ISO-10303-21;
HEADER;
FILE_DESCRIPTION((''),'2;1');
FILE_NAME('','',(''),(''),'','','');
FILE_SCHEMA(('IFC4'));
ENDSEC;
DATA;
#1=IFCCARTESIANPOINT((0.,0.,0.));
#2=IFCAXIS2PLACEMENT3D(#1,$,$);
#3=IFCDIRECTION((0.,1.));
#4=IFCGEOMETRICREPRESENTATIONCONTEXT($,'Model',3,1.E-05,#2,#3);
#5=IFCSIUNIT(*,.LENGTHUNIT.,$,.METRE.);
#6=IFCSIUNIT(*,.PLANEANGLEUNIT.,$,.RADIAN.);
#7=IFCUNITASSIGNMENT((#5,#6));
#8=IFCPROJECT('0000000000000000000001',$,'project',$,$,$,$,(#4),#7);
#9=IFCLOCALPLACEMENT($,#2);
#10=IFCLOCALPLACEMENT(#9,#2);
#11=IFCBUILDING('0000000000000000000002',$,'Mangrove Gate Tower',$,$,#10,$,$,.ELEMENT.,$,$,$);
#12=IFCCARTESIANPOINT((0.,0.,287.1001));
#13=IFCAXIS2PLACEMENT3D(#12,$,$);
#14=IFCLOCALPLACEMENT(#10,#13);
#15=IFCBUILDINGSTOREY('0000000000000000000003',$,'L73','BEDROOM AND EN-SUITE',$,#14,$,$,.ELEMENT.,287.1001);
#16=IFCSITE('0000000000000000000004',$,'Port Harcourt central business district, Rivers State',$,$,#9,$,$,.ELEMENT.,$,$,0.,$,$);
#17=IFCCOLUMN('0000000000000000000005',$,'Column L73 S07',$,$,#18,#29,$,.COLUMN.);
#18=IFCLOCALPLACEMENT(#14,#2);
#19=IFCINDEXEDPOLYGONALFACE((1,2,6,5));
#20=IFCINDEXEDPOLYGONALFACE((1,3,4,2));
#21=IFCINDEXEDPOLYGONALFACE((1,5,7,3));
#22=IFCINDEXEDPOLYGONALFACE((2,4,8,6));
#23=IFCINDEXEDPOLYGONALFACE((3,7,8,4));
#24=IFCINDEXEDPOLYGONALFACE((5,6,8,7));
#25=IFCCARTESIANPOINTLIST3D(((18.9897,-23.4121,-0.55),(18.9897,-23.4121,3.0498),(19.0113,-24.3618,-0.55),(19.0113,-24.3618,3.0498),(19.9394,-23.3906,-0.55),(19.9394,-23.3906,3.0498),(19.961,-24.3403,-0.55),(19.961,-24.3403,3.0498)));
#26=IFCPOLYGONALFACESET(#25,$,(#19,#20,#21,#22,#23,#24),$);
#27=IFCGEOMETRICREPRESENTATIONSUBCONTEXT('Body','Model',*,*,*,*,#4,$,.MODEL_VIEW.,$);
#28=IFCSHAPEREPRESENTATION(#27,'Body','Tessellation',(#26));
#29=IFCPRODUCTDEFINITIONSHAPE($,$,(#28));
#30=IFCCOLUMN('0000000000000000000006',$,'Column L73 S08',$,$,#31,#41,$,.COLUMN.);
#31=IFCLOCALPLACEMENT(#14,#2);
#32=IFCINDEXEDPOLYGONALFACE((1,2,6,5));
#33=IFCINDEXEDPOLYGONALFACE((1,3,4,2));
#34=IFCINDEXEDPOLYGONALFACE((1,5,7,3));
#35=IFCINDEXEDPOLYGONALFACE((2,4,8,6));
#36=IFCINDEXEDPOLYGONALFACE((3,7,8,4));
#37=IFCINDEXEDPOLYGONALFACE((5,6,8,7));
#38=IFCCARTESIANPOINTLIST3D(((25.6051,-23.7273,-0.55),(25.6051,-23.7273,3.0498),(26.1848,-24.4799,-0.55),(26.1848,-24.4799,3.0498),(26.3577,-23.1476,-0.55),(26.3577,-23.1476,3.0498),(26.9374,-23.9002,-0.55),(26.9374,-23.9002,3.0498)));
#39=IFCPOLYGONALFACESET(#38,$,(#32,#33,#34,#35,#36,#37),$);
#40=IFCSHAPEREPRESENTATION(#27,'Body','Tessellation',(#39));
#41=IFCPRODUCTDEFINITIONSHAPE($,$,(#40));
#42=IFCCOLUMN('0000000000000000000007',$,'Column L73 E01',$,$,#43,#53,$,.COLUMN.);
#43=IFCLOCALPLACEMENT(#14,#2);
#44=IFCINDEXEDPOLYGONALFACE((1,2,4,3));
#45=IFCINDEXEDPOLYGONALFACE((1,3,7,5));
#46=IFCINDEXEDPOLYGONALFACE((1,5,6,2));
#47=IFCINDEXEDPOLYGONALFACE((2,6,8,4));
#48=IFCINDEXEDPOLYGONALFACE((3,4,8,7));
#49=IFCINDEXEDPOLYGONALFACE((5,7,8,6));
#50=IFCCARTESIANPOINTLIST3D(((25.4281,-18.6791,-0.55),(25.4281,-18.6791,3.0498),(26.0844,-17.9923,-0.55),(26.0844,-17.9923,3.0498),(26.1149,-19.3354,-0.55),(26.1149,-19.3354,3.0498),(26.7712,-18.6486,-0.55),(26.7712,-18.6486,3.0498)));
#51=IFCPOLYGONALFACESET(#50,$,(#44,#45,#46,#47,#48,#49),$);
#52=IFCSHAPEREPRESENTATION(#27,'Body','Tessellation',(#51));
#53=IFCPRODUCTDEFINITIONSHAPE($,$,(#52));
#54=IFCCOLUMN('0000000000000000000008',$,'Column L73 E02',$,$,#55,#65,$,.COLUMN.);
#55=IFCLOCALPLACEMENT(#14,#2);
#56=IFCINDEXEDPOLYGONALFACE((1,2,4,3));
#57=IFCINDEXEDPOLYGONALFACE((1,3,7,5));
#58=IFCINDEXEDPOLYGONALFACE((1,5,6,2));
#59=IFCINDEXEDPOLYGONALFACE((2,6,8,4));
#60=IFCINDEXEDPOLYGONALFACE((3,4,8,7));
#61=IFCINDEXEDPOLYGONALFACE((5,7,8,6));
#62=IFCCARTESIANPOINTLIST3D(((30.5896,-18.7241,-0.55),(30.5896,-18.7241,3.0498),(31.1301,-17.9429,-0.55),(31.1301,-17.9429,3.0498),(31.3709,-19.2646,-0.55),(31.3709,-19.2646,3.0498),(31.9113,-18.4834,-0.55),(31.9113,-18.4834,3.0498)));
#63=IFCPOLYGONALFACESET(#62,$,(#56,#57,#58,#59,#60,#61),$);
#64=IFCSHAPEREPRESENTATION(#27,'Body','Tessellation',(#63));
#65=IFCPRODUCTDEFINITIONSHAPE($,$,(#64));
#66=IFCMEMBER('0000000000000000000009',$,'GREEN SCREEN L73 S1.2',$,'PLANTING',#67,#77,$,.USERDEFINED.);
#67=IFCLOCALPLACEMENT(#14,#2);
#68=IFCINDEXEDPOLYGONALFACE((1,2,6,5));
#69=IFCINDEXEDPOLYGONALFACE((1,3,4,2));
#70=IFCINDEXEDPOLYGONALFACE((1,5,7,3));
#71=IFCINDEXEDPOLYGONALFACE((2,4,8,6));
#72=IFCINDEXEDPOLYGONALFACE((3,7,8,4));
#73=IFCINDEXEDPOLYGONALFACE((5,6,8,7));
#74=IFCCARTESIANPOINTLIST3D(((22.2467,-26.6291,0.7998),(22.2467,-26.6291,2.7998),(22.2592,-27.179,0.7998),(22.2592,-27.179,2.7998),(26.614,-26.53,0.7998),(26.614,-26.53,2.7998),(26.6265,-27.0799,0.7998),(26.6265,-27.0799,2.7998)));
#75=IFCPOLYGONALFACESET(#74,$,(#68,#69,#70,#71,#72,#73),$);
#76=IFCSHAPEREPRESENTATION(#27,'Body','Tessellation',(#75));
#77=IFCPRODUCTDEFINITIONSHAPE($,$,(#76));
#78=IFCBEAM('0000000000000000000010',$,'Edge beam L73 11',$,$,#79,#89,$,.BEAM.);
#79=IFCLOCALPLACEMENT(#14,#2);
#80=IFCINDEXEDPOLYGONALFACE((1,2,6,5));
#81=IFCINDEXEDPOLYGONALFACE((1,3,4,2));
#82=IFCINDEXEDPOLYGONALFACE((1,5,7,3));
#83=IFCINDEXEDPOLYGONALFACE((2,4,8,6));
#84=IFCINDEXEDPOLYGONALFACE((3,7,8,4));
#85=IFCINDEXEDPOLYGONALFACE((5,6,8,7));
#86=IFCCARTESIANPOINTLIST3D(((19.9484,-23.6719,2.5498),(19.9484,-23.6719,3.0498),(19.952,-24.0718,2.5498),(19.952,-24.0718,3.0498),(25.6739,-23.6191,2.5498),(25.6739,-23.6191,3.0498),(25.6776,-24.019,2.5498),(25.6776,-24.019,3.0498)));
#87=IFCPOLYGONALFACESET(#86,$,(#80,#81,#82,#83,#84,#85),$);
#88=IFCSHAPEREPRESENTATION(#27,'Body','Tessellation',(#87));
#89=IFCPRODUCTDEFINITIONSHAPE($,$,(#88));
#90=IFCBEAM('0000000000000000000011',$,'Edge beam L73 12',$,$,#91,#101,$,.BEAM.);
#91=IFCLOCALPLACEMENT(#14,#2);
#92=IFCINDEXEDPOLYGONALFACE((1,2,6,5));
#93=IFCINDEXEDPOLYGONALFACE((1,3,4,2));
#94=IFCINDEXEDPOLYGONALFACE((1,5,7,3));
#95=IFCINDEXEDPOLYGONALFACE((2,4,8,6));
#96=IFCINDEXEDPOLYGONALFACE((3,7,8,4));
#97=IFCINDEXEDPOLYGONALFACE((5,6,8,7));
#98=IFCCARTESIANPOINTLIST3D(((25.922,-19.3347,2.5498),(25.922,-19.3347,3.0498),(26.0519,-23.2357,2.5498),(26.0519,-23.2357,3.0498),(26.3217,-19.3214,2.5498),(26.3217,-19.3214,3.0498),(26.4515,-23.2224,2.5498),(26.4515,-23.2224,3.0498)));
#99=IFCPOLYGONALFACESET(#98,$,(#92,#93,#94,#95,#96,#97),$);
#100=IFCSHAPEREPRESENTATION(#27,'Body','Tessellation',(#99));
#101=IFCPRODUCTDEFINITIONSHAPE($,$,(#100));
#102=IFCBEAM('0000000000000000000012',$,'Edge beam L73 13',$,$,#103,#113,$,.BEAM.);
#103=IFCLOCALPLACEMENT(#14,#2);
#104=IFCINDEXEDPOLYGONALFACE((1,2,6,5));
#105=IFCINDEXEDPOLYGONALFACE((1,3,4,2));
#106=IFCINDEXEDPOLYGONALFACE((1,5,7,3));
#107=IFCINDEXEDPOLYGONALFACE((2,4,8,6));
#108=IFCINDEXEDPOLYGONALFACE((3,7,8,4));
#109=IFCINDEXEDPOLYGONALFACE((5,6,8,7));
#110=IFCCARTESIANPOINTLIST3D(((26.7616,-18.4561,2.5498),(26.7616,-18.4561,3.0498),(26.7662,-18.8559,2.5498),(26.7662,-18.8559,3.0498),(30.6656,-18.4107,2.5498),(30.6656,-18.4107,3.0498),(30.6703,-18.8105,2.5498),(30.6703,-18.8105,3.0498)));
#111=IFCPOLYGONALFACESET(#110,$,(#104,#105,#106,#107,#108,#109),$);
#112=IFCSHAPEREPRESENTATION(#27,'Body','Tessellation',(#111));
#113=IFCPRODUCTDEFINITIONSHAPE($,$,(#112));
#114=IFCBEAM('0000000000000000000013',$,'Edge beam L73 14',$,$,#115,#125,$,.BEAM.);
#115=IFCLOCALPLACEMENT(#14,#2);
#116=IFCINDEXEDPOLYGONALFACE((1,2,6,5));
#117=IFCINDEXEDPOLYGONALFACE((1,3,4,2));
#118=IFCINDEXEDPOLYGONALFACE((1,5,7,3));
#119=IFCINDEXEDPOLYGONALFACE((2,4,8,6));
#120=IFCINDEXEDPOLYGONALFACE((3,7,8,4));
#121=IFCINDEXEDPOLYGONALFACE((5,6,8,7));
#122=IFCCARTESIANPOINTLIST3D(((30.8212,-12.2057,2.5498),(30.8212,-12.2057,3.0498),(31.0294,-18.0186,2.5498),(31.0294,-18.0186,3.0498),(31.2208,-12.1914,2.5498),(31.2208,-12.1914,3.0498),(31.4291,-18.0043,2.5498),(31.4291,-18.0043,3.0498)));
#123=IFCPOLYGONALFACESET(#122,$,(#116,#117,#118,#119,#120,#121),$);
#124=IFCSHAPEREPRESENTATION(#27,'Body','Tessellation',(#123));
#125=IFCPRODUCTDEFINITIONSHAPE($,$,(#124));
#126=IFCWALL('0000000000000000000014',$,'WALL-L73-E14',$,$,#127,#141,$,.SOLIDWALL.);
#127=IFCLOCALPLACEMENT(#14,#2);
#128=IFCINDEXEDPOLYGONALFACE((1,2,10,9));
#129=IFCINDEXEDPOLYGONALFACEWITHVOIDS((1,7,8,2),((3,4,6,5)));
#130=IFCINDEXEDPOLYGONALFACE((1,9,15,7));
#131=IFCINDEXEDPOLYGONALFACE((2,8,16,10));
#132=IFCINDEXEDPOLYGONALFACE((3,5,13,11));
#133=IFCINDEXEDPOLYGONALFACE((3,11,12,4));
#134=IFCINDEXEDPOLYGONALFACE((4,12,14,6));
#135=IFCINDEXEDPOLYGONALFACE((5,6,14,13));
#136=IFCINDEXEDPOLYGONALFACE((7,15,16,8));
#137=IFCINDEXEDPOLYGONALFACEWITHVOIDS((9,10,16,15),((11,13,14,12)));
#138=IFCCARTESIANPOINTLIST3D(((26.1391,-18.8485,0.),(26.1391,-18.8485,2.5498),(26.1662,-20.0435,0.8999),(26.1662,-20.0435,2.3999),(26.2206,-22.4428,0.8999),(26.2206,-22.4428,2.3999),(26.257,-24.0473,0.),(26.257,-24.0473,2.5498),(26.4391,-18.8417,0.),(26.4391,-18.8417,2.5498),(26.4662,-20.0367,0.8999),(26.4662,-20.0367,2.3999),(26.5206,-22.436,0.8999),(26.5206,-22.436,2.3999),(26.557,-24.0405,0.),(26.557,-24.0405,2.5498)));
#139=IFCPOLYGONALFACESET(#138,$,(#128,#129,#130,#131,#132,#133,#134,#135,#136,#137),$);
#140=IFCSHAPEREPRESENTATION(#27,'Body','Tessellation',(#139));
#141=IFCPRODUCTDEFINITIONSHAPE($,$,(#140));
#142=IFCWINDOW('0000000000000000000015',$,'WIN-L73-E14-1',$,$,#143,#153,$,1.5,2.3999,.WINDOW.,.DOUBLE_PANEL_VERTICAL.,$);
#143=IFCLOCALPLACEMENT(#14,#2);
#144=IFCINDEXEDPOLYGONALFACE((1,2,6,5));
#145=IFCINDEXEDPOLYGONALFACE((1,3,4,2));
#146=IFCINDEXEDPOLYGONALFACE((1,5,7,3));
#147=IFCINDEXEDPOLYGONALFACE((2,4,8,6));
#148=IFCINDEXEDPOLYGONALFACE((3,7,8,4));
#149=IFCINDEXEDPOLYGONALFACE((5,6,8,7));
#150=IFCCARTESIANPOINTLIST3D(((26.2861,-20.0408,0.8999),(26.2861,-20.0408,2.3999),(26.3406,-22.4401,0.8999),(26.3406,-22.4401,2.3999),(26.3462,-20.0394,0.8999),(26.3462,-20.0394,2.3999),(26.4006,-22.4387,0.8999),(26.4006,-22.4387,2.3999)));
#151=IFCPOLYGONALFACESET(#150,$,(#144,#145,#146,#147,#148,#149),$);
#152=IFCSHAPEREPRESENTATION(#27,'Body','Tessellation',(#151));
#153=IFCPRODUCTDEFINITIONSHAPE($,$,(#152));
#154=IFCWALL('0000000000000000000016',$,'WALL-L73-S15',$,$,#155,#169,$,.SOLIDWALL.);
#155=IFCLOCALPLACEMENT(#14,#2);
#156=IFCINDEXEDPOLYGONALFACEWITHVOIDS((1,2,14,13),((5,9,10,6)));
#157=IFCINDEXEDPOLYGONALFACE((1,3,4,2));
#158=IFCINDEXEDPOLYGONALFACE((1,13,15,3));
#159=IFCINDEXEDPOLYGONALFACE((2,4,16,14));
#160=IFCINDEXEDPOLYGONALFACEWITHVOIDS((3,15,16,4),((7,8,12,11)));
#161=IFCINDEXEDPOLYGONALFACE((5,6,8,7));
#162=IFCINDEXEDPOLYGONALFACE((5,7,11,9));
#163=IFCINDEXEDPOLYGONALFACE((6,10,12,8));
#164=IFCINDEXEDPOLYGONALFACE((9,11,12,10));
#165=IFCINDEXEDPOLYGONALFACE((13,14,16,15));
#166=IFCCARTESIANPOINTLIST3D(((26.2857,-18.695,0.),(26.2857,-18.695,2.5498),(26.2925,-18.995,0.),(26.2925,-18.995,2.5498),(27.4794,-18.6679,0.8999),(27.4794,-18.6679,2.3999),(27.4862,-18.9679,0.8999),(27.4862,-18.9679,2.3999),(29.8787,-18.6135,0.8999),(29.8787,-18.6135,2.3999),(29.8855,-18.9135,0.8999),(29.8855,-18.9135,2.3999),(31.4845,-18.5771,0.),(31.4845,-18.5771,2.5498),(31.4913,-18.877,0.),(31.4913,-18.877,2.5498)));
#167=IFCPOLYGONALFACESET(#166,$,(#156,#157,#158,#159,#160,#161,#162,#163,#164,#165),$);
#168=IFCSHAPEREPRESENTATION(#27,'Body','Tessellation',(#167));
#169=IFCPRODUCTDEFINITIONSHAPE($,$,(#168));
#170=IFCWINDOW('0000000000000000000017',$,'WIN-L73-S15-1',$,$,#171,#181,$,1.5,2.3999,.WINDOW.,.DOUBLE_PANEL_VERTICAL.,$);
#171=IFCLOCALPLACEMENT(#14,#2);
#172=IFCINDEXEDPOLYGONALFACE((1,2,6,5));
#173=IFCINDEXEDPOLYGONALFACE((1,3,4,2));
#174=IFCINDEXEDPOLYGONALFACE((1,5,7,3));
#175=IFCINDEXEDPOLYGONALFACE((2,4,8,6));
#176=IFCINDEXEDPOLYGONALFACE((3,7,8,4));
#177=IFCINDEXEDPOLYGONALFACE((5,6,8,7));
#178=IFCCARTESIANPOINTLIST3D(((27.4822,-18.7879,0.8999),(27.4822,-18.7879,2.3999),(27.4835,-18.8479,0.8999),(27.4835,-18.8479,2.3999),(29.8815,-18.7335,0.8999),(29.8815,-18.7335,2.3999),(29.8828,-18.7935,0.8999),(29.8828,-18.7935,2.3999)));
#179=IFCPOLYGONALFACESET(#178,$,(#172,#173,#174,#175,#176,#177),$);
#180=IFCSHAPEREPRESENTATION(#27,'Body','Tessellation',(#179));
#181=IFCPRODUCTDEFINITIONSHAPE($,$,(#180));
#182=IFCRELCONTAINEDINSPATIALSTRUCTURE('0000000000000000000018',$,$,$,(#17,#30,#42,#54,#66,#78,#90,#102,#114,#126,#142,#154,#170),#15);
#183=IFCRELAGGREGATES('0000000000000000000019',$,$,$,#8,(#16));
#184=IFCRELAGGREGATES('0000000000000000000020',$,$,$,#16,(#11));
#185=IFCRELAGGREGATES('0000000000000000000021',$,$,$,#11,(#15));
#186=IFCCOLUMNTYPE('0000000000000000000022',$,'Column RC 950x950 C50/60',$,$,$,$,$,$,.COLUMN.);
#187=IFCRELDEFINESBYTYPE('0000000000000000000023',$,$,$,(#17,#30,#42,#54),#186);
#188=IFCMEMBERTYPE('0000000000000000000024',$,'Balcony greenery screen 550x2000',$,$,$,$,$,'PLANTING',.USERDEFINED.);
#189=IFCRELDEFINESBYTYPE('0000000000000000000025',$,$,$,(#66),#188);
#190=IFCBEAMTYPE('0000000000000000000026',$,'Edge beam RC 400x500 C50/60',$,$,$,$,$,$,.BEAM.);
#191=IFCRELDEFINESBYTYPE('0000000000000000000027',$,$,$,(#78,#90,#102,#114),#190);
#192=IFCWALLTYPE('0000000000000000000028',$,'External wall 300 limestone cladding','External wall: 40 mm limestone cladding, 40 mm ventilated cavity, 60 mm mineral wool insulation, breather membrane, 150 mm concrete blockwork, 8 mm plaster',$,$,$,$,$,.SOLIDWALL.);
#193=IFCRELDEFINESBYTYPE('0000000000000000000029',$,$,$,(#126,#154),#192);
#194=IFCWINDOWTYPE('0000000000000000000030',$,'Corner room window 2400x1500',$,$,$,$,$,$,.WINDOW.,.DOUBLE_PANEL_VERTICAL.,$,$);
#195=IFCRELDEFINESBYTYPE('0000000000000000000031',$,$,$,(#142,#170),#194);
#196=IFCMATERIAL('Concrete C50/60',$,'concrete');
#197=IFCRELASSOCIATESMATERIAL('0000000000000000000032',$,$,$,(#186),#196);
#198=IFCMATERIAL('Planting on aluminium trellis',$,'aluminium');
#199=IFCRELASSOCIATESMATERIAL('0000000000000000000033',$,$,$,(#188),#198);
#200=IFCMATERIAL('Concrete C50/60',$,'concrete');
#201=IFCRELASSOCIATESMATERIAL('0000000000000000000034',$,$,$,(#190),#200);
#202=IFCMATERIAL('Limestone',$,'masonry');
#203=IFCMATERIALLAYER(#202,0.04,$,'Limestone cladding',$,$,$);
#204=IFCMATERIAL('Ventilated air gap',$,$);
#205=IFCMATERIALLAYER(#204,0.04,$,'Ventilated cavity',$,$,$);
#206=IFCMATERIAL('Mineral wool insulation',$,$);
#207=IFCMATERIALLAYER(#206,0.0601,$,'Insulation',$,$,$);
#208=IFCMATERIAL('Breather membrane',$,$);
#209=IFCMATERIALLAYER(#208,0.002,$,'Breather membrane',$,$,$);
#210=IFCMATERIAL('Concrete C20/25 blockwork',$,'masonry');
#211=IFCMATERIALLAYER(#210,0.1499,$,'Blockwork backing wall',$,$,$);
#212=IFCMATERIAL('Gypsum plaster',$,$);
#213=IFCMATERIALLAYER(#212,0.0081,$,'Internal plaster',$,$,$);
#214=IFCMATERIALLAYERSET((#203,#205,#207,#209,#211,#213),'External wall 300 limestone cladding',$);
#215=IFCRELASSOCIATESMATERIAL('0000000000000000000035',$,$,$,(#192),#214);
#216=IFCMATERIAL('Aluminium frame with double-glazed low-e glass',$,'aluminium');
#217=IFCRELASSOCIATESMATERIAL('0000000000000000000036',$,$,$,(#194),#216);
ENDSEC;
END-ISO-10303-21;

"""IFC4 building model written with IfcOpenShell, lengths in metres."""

from ifc_helpers import new_model, si_unit, direction, frame, frame_2d, origin, origin_2d, place, context, subcontext, project, spatial, rectangle, extrude, material, layer, layer_set, material_profile, profile_set, type_object, element, fill, save


model = new_model("IFC4")

# Units and contexts
model_context = context("Model", 3, precision=1e-05, world=origin(), true_north=direction((0.0, 1.0)))
body_context = subcontext(model_context, "Body", "Model", "MODEL_VIEW")
ifc_project = project(units=[si_unit("LENGTHUNIT", "METRE"), si_unit("PLANEANGLEUNIT", "RADIAN")], contexts=[model_context])

# Site, building, storey
site_placement = place(None, origin())
site = spatial("IfcSite", under=ifc_project, at=site_placement, Name="Port Harcourt central business district, Rivers State", CompositionType="ELEMENT", RefElevation=0.0)
building_placement = place(site_placement, origin())
building = spatial("IfcBuilding", under=site, at=building_placement, Name="Mangrove Gate Tower", CompositionType="ELEMENT")
storey_placement = place(building_placement, frame((0.0, 0.0, 287.1001)))
storey = spatial("IfcBuildingStorey", under=building, at=storey_placement, Name="L73", Description="BEDROOM AND EN-SUITE", CompositionType="ELEMENT", Elevation=287.1001)

# Columns
ifc_material_1 = material(Name="Concrete C50/60", Category="concrete")
ifc_material_profile_1 = material_profile(ifc_material_1, rectangle(XDim=0.95, YDim=0.95, at=origin_2d()))
ifc_profile_set_1 = profile_set([ifc_material_profile_1], Name="Concrete C50/60")
column_type = type_object("IfcColumnType", Name="Column RC 950x950 C50/60", PredefinedType="COLUMN", material=ifc_profile_set_1)
for number, where, z_axis, x_axis, name in (
    (1, (19.4753, -23.8762, -0.55), (0.0, 0.0, 1.0), (0.999743, 0.02268, 0.0), "Column L73 S07"),
    (2, (26.2712, -23.8137, -0.55), (0.0, 0.0, 1.0), (0.792213, 0.610244, 0.0), "Column L73 S08"),
    (3, (26.0996, -18.6638, -0.55), (0.0, 0.0, 1.0), (0.690877, 0.722973, 0.0), "Column L73 E01"),
    (4, (31.2505, -18.6038, -0.55), (0.0, 0.0, 1.0), (0.568957, 0.822367, 0.0), "Column L73 E02"),
):
    element("IfcColumn", number, at=place(storey_placement, frame(where, z_axis=z_axis, x_axis=x_axis)), inside=storey, type_object=column_type, Name=name, PredefinedType="COLUMN", context=body_context, shape_type="SweptSolid", body=[
        extrude(rectangle(XDim=0.95, YDim=0.95, at=origin_2d()), origin(), (0.0, 0.0, 1.0), 3.5999),
    ])

# Member
ifc_material_2 = material(Name="Planting on aluminium trellis", Category="aluminium")
ifc_material_profile_2 = material_profile(ifc_material_2, rectangle(XDim=0.55, YDim=2.0, at=origin_2d()))
ifc_profile_set_2 = profile_set([ifc_material_profile_2], Name="Planting on aluminium trellis")
member_type = type_object("IfcMemberType", Name="Balcony greenery screen 550x2000", ElementType="PLANTING", PredefinedType="USERDEFINED", material=ifc_profile_set_2)
member_placement = place(storey_placement, frame((22.2529, -26.9041, 1.7998), z_axis=(0.999743, 0.022691, 0.0), x_axis=(-0.022691, 0.999743, 0.0)))
element("IfcMember", 5, at=member_placement, inside=storey, type_object=member_type, Name="GREEN SCREEN L73 S1.2", ObjectType="PLANTING", PredefinedType="USERDEFINED", context=body_context, shape_type="SweptSolid", body=[
    extrude(rectangle(XDim=0.55, YDim=2.0, at=origin_2d()), origin(), (0.0, 0.0, 1.0), 4.3684),
])

# Beams
ifc_material_3 = material(Name="Concrete C50/60", Category="concrete")
ifc_material_profile_3 = material_profile(ifc_material_3, rectangle(XDim=0.3999, YDim=0.5, at=origin_2d()))
ifc_profile_set_3 = profile_set([ifc_material_profile_3], Name="Concrete C50/60")
beam_type = type_object("IfcBeamType", Name="Edge beam RC 400x500 C50/60", PredefinedType="BEAM", material=ifc_profile_set_3)
beam_1_placement = place(storey_placement, frame((19.9502, -23.8718, 2.7998), z_axis=(0.999958, 0.00921, 0.0), x_axis=(-0.00921, 0.999958, 0.0)))
element("IfcBeam", 6, at=beam_1_placement, inside=storey, type_object=beam_type, Name="Edge beam L73 11", PredefinedType="BEAM", context=body_context, shape_type="SweptSolid", body=[
    extrude(rectangle(XDim=0.3999, YDim=0.5, at=origin_2d()), origin(), (0.0, 0.0, 1.0), 5.7258),
])
beam_2_placement = place(storey_placement, frame((26.2517, -23.229, 2.7998), z_axis=(-0.033277, 0.999446, 0.0), x_axis=(-0.999446, -0.033277, 0.0)))
element("IfcBeam", 7, at=beam_2_placement, inside=storey, type_object=beam_type, Name="Edge beam L73 12", PredefinedType="BEAM", context=body_context, shape_type="SweptSolid", body=[
    extrude(rectangle(XDim=0.3999, YDim=0.5, at=origin_2d()), origin(), (0.0, 0.0, 1.0), 3.9031),
])
beam_3_placement = place(storey_placement, frame((26.7639, -18.656, 2.7998), z_axis=(0.999932, 0.011631, 0.0), x_axis=(-0.011631, 0.999932, 0.0)))
element("IfcBeam", 8, at=beam_3_placement, inside=storey, type_object=beam_type, Name="Edge beam L73 13", PredefinedType="BEAM", context=body_context, shape_type="SweptSolid", body=[
    extrude(rectangle(XDim=0.3999, YDim=0.5, at=origin_2d()), origin(), (0.0, 0.0, 1.0), 3.9043),
])
beam_4_placement = place(storey_placement, frame((31.2292, -18.0115, 2.7998), z_axis=(-0.035802, 0.999359, 0.0), x_axis=(-0.999359, -0.035802, 0.0)))
element("IfcBeam", 9, at=beam_4_placement, inside=storey, type_object=beam_type, Name="Edge beam L73 14", PredefinedType="BEAM", context=body_context, shape_type="SweptSolid", body=[
    extrude(rectangle(XDim=0.3999, YDim=0.5, at=origin_2d()), origin(), (0.0, 0.0, 1.0), 5.8167),
])

# Shared definitions
ifc_material_4 = material(Name="Limestone", Category="masonry")
ifc_layer_1 = layer(ifc_material_4, 0.04, Name="Limestone cladding")
ifc_material_5 = material(Name="Ventilated air gap")
ifc_layer_2 = layer(ifc_material_5, 0.04, Name="Ventilated cavity")
ifc_material_6 = material(Name="Mineral wool insulation")
ifc_layer_3 = layer(ifc_material_6, 0.0601, Name="Insulation")
ifc_material_7 = material(Name="Breather membrane")
ifc_layer_4 = layer(ifc_material_7, 0.002, Name="Breather membrane")
ifc_material_8 = material(Name="Concrete C20/25 blockwork", Category="masonry")
ifc_layer_5 = layer(ifc_material_8, 0.1499, Name="Blockwork backing wall")
ifc_material_9 = material(Name="Gypsum plaster")
ifc_layer_6 = layer(ifc_material_9, 0.0081, Name="Internal plaster")
ifc_layer_set_1 = layer_set([ifc_layer_1, ifc_layer_2, ifc_layer_3, ifc_layer_4, ifc_layer_5, ifc_layer_6], Name="External wall 300 limestone cladding")
wall_type_1 = type_object("IfcWallType", Name="External wall 300 limestone cladding", Description="External wall: 40 mm limestone cladding, 40 mm ventilated cavity, 60 mm mineral wool insulation, breather membrane, 150 mm concrete blockwork, 8 mm plaster", PredefinedType="SOLIDWALL", material=ifc_layer_set_1)
ifc_material_10 = material(Name="Aluminium frame with double-glazed low-e glass", Category="aluminium")
window_type = type_object("IfcWindowType", Name="Corner room window 2400x1500", PartitioningType="DOUBLE_PANEL_VERTICAL", PredefinedType="WINDOW", material=ifc_material_10)

# Walls, openings, windows
wall_1_placement = place(storey_placement, frame((26.407, -24.0439, 0.0), z_axis=(0.0, 0.0, 1.0), x_axis=(-0.022676, 0.999743, 0.0)))
wall_1 = element("IfcWall", 10, at=wall_1_placement, inside=storey, type_object=wall_type_1, Name="WALL-L73-E14", PredefinedType="SOLIDWALL", context=body_context, shape_type="SweptSolid", body=[
    extrude(rectangle(XDim=5.2002, YDim=0.3, at=frame_2d((2.6001, 0.0))), origin(), (0.0, 0.0, 1.0), 2.5498),
])
opening_1_placement = place(wall_1_placement, frame((1.605, 0.0, 0.8999)))
opening_1 = element("IfcOpeningElement", 11, at=opening_1_placement, cuts=wall_1, PredefinedType="OPENING", context=body_context, shape_type="SweptSolid", body=[
    extrude(rectangle(XDim=2.3999, YDim=1.5, at=frame_2d((1.2, 0.75))), frame((0.0, 0.1599, 0.0), z_axis=(0.0, -1.0, 0.0), x_axis=(1.0, 0.0, 0.0)), (0.0, 0.0, 1.0), 0.3201),
])
window_1_placement = place(opening_1_placement, origin())
window_1 = element("IfcWindow", 12, at=window_1_placement, inside=storey, type_object=window_type, Name="WIN-L73-E14-1", OverallHeight=1.5, OverallWidth=2.3999, PartitioningType="DOUBLE_PANEL_VERTICAL", PredefinedType="WINDOW", context=body_context, shape_type="SweptSolid", body=[
    extrude(rectangle(XDim=2.3999, YDim=1.5, at=frame_2d((1.2, 0.75))), frame((0.0, 0.03, 0.0), z_axis=(0.0, -1.0, 0.0), x_axis=(1.0, 0.0, 0.0)), (0.0, 0.0, 1.0), 0.0601),
])
fill(opening_1, window_1)
wall_2_placement = place(storey_placement, frame((26.2891, -18.845, 0.0), z_axis=(0.0, 0.0, 1.0), x_axis=(0.999743, 0.022676, 0.0)))
wall_2 = element("IfcWall", 13, at=wall_2_placement, inside=storey, type_object=wall_type_1, Name="WALL-L73-S15", PredefinedType="SOLIDWALL", context=body_context, shape_type="SweptSolid", body=[
    extrude(rectangle(XDim=5.2002, YDim=0.3, at=frame_2d((2.6001, 0.0))), origin(), (0.0, 0.0, 1.0), 2.5498),
])
opening_2_placement = place(wall_2_placement, frame((1.1941, 0.0, 0.8999)))
opening_2 = element("IfcOpeningElement", 14, at=opening_2_placement, cuts=wall_2, PredefinedType="OPENING", context=body_context, shape_type="SweptSolid", body=[
    extrude(rectangle(XDim=2.3999, YDim=1.5, at=frame_2d((1.2, 0.75))), frame((0.0, 0.1599, 0.0), z_axis=(0.0, -1.0, 0.0), x_axis=(1.0, 0.0, 0.0)), (0.0, 0.0, 1.0), 0.3201),
])
window_2_placement = place(opening_2_placement, origin())
window_2 = element("IfcWindow", 15, at=window_2_placement, inside=storey, type_object=window_type, Name="WIN-L73-S15-1", OverallHeight=1.5, OverallWidth=2.3999, PartitioningType="DOUBLE_PANEL_VERTICAL", PredefinedType="WINDOW", context=body_context, shape_type="SweptSolid", body=[
    extrude(rectangle(XDim=2.3999, YDim=1.5, at=frame_2d((1.2, 0.75))), frame((0.0, 0.03, 0.0), z_axis=(0.0, -1.0, 0.0), x_axis=(1.0, 0.0, 0.0)), (0.0, 0.0, 1.0), 0.0601),
])
fill(opening_2, window_2)

save(model, "model.ifc")
